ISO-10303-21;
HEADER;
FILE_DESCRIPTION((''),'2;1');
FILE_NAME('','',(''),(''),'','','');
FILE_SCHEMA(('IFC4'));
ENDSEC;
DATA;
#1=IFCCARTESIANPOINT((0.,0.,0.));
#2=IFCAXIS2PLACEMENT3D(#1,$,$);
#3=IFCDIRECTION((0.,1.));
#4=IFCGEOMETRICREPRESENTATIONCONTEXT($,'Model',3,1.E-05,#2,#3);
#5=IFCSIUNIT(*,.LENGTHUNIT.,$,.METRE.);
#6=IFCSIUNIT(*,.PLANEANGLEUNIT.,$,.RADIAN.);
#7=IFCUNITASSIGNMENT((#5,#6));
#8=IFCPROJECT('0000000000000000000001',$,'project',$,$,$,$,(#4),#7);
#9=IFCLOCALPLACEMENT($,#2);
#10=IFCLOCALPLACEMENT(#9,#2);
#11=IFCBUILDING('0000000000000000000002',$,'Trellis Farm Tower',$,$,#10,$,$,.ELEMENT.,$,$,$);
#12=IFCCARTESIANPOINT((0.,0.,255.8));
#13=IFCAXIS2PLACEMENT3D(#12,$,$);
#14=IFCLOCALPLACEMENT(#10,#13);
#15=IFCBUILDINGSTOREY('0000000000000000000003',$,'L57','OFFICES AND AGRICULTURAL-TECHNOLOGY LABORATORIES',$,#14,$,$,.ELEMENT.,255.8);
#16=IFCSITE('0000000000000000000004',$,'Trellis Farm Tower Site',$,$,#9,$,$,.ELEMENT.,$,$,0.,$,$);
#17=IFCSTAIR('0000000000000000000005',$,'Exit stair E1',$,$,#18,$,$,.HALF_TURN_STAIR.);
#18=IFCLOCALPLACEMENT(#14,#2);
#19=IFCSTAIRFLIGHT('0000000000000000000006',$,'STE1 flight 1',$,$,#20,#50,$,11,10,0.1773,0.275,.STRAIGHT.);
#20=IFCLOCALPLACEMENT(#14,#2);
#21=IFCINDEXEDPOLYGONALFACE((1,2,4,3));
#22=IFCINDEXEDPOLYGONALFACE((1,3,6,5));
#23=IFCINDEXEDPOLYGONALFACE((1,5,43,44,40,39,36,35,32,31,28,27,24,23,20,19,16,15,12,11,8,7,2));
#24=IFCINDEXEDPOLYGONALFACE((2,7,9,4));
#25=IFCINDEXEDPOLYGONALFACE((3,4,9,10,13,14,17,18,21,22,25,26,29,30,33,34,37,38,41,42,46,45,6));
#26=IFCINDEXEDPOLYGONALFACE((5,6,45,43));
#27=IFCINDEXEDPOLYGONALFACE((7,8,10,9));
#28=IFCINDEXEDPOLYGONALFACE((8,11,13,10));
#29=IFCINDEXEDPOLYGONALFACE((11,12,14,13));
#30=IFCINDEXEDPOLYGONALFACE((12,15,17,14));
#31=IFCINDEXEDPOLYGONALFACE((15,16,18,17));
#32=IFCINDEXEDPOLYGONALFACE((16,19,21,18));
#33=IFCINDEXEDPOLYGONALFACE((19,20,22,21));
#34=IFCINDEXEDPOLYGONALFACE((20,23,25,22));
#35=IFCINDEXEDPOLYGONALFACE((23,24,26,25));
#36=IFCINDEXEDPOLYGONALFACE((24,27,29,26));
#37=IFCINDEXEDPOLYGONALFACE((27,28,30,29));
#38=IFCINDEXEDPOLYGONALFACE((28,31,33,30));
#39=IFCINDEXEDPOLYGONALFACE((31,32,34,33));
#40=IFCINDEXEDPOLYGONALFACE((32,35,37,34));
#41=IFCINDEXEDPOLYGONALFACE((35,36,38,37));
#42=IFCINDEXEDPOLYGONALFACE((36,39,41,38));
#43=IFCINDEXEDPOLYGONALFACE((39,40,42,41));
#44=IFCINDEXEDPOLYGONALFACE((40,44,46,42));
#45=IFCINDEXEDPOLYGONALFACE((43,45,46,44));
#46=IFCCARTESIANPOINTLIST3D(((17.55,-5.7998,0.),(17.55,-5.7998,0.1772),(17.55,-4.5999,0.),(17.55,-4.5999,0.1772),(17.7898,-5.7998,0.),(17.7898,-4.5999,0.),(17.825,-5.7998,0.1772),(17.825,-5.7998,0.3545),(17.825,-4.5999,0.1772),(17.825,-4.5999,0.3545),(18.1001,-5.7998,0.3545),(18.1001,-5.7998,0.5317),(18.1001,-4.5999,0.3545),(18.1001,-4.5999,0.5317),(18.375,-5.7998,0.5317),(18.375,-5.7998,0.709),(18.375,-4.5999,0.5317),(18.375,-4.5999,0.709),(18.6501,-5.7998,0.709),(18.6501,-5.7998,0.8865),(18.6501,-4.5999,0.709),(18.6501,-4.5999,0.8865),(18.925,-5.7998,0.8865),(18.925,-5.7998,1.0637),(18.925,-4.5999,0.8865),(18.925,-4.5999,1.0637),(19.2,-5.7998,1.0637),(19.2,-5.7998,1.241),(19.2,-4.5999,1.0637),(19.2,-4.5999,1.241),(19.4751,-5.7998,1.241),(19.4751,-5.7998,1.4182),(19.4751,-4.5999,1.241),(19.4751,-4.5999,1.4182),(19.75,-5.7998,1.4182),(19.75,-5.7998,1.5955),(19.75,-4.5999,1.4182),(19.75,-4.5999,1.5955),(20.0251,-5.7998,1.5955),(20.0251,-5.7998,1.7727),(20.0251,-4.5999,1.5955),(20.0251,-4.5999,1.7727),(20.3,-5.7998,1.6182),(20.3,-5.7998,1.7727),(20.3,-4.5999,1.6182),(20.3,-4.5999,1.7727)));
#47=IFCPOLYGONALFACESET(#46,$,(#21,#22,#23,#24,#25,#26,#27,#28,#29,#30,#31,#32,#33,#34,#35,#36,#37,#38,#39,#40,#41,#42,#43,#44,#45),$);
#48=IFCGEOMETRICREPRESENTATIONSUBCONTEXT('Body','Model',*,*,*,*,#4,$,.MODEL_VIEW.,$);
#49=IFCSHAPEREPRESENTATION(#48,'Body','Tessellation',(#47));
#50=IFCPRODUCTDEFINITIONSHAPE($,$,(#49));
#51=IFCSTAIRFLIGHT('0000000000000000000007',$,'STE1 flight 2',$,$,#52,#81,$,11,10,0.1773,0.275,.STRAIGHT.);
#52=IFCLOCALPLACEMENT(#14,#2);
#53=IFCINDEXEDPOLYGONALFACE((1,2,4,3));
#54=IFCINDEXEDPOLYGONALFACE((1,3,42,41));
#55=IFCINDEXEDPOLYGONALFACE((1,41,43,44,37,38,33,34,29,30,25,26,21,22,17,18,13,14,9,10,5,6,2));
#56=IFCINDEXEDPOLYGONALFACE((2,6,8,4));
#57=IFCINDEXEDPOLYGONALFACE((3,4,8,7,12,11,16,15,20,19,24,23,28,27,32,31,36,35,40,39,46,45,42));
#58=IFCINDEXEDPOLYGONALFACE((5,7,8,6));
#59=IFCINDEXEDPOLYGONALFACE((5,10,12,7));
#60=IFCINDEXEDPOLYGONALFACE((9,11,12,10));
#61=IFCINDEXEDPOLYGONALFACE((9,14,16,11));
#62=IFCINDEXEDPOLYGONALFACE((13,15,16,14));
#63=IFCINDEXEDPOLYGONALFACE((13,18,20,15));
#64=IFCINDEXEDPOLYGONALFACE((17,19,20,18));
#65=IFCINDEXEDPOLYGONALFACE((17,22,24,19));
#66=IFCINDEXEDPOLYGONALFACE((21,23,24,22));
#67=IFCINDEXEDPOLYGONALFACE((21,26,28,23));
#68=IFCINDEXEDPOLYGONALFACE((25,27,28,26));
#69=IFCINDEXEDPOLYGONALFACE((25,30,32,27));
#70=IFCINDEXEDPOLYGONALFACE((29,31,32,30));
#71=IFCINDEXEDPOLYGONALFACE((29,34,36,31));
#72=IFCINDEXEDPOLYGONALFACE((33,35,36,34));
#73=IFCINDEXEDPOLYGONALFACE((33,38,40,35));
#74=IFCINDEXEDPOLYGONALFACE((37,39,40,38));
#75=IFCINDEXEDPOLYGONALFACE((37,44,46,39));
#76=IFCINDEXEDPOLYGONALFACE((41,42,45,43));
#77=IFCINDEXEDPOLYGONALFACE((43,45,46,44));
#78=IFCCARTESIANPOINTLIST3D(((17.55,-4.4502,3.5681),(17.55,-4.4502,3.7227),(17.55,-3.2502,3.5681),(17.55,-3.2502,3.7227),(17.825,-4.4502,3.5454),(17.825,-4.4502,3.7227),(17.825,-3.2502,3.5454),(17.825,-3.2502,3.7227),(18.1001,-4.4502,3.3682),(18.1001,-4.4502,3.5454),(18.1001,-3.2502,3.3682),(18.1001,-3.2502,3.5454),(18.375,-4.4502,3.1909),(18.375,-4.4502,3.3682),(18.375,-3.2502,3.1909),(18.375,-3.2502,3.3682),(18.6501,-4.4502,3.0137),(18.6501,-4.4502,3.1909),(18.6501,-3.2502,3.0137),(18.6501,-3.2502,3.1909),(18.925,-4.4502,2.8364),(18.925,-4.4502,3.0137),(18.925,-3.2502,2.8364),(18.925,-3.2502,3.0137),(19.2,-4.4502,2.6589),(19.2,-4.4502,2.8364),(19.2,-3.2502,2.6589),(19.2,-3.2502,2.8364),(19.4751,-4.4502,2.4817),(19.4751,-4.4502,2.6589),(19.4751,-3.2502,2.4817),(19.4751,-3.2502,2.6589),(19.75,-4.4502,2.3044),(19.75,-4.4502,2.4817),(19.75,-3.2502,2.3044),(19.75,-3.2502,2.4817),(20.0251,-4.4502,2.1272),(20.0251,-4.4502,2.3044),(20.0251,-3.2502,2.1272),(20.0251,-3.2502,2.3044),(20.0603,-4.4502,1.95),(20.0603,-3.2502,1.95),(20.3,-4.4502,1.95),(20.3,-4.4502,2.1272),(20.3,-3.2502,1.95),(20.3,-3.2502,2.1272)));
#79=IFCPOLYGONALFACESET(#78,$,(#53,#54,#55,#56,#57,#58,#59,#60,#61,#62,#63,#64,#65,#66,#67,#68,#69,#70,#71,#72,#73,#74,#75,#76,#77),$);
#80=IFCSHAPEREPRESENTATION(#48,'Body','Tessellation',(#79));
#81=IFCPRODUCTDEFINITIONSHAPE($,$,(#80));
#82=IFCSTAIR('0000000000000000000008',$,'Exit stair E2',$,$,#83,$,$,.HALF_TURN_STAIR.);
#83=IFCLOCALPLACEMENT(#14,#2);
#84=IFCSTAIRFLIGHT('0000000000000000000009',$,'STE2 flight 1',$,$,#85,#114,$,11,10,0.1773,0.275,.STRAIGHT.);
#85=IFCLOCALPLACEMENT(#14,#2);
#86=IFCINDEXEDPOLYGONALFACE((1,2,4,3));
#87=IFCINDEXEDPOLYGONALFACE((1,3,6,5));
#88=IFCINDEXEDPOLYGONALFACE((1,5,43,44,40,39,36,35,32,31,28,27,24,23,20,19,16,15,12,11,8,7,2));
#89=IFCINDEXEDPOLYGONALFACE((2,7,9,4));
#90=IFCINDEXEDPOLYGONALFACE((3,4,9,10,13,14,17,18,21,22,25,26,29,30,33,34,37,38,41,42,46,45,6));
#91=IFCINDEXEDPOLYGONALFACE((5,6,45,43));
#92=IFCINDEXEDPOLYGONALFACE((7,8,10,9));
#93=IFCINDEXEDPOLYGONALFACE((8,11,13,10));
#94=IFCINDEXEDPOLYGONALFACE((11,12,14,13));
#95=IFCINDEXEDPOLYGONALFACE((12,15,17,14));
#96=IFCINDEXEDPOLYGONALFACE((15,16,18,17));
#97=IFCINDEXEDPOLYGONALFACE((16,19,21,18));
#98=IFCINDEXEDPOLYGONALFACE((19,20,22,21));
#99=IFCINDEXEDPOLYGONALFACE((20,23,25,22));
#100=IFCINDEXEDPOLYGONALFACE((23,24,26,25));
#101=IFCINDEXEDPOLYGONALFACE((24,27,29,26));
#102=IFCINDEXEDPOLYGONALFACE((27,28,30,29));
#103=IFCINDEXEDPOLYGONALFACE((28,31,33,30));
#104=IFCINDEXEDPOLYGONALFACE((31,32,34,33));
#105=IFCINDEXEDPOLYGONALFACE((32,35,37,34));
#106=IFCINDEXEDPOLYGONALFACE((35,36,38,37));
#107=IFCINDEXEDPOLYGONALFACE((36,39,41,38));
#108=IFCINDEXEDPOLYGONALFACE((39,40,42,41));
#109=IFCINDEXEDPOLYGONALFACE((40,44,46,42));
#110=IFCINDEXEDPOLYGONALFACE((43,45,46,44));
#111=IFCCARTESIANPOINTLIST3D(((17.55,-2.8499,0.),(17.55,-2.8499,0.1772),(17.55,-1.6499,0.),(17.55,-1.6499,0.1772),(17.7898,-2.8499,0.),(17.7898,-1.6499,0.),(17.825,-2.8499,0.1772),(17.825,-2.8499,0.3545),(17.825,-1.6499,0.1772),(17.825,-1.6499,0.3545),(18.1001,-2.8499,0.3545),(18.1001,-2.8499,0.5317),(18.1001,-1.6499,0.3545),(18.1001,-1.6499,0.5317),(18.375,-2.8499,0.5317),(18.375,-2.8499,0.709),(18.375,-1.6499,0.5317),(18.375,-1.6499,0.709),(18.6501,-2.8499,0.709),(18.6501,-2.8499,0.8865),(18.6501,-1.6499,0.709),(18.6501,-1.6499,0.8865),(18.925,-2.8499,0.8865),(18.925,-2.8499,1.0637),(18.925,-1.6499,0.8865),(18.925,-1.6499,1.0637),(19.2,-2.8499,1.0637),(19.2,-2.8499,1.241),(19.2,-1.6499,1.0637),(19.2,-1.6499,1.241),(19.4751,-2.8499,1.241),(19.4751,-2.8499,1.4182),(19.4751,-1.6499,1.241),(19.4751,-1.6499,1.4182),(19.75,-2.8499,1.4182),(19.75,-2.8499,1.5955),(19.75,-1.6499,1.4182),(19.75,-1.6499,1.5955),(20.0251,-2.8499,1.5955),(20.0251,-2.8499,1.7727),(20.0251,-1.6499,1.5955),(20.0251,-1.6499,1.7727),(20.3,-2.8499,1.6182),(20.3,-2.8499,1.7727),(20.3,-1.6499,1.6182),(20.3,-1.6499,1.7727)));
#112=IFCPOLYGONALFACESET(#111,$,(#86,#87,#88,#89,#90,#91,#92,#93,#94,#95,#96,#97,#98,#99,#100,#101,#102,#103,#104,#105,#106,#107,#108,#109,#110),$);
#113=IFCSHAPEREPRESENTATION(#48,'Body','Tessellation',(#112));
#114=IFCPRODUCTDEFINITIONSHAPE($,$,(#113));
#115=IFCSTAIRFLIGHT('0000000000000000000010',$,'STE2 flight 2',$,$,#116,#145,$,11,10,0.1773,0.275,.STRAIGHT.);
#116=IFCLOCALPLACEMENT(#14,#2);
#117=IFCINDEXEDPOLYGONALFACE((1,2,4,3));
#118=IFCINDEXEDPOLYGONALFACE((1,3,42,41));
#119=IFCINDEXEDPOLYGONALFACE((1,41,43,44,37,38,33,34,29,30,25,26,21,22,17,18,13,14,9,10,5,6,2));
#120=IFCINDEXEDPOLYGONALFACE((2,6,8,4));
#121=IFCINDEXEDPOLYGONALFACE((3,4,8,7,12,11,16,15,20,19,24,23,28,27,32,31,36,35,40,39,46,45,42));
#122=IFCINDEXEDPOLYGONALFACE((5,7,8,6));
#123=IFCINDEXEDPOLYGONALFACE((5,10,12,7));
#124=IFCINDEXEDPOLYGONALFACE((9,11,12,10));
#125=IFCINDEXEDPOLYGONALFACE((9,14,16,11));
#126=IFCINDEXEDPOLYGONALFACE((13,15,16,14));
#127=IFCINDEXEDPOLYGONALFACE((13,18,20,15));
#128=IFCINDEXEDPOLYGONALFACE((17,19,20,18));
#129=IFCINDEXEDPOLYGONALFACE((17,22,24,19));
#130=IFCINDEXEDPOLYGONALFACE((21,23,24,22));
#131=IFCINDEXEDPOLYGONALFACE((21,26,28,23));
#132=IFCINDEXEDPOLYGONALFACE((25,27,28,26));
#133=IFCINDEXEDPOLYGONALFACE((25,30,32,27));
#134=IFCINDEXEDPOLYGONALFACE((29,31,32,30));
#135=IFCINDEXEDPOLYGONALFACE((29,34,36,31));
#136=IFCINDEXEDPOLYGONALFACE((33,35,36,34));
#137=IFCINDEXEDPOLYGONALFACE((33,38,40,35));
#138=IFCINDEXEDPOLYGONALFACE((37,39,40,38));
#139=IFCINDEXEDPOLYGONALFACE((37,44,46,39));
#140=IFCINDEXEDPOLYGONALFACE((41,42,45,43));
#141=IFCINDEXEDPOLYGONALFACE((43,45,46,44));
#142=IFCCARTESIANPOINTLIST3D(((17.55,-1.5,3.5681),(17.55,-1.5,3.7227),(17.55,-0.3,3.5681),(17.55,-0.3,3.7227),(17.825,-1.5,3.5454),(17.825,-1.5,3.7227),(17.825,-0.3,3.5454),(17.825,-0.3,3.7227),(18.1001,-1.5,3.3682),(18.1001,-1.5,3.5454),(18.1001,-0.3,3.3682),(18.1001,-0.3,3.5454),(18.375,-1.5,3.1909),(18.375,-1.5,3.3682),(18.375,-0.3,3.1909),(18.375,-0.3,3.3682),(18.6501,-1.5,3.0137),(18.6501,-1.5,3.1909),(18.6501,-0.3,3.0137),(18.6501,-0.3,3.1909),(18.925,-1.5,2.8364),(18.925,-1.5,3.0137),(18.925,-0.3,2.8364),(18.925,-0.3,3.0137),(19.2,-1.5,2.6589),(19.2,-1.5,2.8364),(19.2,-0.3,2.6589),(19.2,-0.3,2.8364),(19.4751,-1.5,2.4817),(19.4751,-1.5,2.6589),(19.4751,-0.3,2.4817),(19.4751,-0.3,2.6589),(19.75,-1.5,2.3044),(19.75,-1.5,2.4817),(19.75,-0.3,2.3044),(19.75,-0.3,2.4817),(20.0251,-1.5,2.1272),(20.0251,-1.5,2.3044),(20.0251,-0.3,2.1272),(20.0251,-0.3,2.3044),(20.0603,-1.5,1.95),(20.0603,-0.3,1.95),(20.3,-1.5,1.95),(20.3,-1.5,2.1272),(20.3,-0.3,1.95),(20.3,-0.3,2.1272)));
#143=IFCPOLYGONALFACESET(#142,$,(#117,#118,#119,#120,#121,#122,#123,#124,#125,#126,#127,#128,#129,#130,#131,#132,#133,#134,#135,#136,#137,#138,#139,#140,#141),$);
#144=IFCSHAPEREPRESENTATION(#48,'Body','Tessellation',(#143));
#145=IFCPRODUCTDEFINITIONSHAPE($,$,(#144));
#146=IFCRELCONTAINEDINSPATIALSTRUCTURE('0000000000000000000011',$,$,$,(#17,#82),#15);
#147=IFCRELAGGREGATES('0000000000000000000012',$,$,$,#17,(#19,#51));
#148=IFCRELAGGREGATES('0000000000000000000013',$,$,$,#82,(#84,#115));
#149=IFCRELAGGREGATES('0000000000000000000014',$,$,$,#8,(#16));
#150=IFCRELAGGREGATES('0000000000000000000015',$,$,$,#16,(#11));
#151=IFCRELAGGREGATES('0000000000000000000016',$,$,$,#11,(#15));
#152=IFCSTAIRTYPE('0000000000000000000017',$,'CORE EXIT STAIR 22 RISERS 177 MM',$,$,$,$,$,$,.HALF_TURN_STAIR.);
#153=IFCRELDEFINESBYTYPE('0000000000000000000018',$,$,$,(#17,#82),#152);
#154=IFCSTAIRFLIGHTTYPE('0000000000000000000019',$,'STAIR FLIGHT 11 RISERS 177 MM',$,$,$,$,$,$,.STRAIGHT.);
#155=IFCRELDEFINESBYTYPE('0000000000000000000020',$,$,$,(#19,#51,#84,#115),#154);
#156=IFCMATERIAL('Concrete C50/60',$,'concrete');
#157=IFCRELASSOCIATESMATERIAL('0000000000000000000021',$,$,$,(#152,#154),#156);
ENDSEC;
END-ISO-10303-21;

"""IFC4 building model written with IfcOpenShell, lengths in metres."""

from ifc_helpers import new_model, si_unit, direction, frame, origin, place, context, subcontext, project, spatial, polyline, outline, extrude, source, transform, mapped, material, type_object, element, aggregate, save


model = new_model("IFC4")

# Units and contexts
model_context = context("Model", 3, precision=1e-05, world=origin(), true_north=direction((0.0, 1.0)))
body_context = subcontext(model_context, "Body", "Model", "MODEL_VIEW")
ifc_project = project(units=[si_unit("LENGTHUNIT", "METRE"), si_unit("PLANEANGLEUNIT", "RADIAN")], contexts=[model_context])

# Site, building, storey
site_placement = place(None, origin())
site = spatial("IfcSite", under=ifc_project, at=site_placement, Name="Trellis Farm Tower Site", CompositionType="ELEMENT", RefElevation=0.0)
building_placement = place(site_placement, origin())
building = spatial("IfcBuilding", under=site, at=building_placement, Name="Trellis Farm Tower", CompositionType="ELEMENT")
storey_placement = place(building_placement, frame((0.0, 0.0, 255.8)))
storey = spatial("IfcBuildingStorey", under=building, at=storey_placement, Name="L57", Description="OFFICES AND AGRICULTURAL-TECHNOLOGY LABORATORIES", CompositionType="ELEMENT", Elevation=255.8)

# Shared definitions
placement = place(storey_placement, origin())

# Stairs, stair flights
ifc_material_1 = material(Name="Concrete C50/60", Category="concrete")
stair_type = type_object("IfcStairType", Name="CORE EXIT STAIR 22 RISERS 177 MM", PredefinedType="HALF_TURN_STAIR", material=ifc_material_1)
stair_1 = element("IfcStair", 1, at=placement, inside=storey, type_object=stair_type, Name="Exit stair E1", PredefinedType="HALF_TURN_STAIR")
stair_flight_type = type_object("IfcStairFlightType", Name="STAIR FLIGHT 11 RISERS 177 MM", PredefinedType="STRAIGHT", material=ifc_material_1)
shared_shape_1 = source(origin(), body_context, "Body", "SweptSolid", [
    extrude(outline(polyline([(0.0, 0.0), (0.0, 0.1772), (0.2749, 0.1772), (0.2749, 0.3545), (0.55, 0.3545), (0.55, 0.5317), (0.825, 0.5317), (0.825, 0.709), (1.1001, 0.709), (1.1001, 0.8865), (1.375, 0.8865), (1.375, 1.0637), (1.6499, 1.0637), (1.6499, 1.241), (1.925, 1.241), (1.925, 1.4182), (2.2, 1.4182), (2.2, 1.5955), (2.4751, 1.5955), (2.4751, 1.7727), (2.75, 1.7727), (2.75, 1.95), (2.75, 1.6182), (0.2397, 0.0), (0.0, 0.0)])), frame((0.0, 0.6001, 0.0), z_axis=(0.0, -1.0, 0.0), x_axis=(1.0, 0.0, 0.0)), (0.0, 0.0, 1.0), 1.2),
])
stair_flight_1_placement = place(storey_placement, frame((17.55, -5.2, 0.0), z_axis=(0.0, 0.0, 1.0), x_axis=(1.0, 0.0, 0.0)))
stair_flight_1 = element("IfcStairFlight", 2, at=stair_flight_1_placement, type_object=stair_flight_type, Name="STE1 flight 1", NumberOfRisers=11, NumberOfTreads=10, PredefinedType="STRAIGHT", RiserHeight=0.1773, TreadLength=0.275, context=body_context, shape_type="MappedRepresentation", body=[
    mapped(shared_shape_1, transform((0.0, 0.0, 0.0))),
])
stair_flight_2_placement = place(storey_placement, frame((20.3, -3.8501, 1.95), z_axis=(0.0, 0.0, 1.0), x_axis=(-1.0, 0.0, 0.0)))
stair_flight_2 = element("IfcStairFlight", 3, at=stair_flight_2_placement, type_object=stair_flight_type, Name="STE1 flight 2", NumberOfRisers=11, NumberOfTreads=10, PredefinedType="STRAIGHT", RiserHeight=0.1773, TreadLength=0.275, context=body_context, shape_type="MappedRepresentation", body=[
    mapped(shared_shape_1, transform((0.0, 0.0, 0.0))),
])
aggregate(stair_1, [stair_flight_1, stair_flight_2])
stair_2 = element("IfcStair", 4, at=placement, inside=storey, type_object=stair_type, Name="Exit stair E2", PredefinedType="HALF_TURN_STAIR")
stair_flight_3_placement = place(storey_placement, frame((17.55, -2.25, 0.0), z_axis=(0.0, 0.0, 1.0), x_axis=(1.0, 0.0, 0.0)))
stair_flight_3 = element("IfcStairFlight", 5, at=stair_flight_3_placement, type_object=stair_flight_type, Name="STE2 flight 1", NumberOfRisers=11, NumberOfTreads=10, PredefinedType="STRAIGHT", RiserHeight=0.1773, TreadLength=0.275, context=body_context, shape_type="MappedRepresentation", body=[
    mapped(shared_shape_1, transform((0.0, 0.0, 0.0))),
])
stair_flight_4_placement = place(storey_placement, frame((20.3, -0.8999, 1.95), z_axis=(0.0, 0.0, 1.0), x_axis=(-1.0, 0.0, 0.0)))
stair_flight_4 = element("IfcStairFlight", 6, at=stair_flight_4_placement, type_object=stair_flight_type, Name="STE2 flight 2", NumberOfRisers=11, NumberOfTreads=10, PredefinedType="STRAIGHT", RiserHeight=0.1773, TreadLength=0.275, context=body_context, shape_type="MappedRepresentation", body=[
    mapped(shared_shape_1, transform((0.0, 0.0, 0.0))),
])
aggregate(stair_2, [stair_flight_3, stair_flight_4])

save(model, "model.ifc")
